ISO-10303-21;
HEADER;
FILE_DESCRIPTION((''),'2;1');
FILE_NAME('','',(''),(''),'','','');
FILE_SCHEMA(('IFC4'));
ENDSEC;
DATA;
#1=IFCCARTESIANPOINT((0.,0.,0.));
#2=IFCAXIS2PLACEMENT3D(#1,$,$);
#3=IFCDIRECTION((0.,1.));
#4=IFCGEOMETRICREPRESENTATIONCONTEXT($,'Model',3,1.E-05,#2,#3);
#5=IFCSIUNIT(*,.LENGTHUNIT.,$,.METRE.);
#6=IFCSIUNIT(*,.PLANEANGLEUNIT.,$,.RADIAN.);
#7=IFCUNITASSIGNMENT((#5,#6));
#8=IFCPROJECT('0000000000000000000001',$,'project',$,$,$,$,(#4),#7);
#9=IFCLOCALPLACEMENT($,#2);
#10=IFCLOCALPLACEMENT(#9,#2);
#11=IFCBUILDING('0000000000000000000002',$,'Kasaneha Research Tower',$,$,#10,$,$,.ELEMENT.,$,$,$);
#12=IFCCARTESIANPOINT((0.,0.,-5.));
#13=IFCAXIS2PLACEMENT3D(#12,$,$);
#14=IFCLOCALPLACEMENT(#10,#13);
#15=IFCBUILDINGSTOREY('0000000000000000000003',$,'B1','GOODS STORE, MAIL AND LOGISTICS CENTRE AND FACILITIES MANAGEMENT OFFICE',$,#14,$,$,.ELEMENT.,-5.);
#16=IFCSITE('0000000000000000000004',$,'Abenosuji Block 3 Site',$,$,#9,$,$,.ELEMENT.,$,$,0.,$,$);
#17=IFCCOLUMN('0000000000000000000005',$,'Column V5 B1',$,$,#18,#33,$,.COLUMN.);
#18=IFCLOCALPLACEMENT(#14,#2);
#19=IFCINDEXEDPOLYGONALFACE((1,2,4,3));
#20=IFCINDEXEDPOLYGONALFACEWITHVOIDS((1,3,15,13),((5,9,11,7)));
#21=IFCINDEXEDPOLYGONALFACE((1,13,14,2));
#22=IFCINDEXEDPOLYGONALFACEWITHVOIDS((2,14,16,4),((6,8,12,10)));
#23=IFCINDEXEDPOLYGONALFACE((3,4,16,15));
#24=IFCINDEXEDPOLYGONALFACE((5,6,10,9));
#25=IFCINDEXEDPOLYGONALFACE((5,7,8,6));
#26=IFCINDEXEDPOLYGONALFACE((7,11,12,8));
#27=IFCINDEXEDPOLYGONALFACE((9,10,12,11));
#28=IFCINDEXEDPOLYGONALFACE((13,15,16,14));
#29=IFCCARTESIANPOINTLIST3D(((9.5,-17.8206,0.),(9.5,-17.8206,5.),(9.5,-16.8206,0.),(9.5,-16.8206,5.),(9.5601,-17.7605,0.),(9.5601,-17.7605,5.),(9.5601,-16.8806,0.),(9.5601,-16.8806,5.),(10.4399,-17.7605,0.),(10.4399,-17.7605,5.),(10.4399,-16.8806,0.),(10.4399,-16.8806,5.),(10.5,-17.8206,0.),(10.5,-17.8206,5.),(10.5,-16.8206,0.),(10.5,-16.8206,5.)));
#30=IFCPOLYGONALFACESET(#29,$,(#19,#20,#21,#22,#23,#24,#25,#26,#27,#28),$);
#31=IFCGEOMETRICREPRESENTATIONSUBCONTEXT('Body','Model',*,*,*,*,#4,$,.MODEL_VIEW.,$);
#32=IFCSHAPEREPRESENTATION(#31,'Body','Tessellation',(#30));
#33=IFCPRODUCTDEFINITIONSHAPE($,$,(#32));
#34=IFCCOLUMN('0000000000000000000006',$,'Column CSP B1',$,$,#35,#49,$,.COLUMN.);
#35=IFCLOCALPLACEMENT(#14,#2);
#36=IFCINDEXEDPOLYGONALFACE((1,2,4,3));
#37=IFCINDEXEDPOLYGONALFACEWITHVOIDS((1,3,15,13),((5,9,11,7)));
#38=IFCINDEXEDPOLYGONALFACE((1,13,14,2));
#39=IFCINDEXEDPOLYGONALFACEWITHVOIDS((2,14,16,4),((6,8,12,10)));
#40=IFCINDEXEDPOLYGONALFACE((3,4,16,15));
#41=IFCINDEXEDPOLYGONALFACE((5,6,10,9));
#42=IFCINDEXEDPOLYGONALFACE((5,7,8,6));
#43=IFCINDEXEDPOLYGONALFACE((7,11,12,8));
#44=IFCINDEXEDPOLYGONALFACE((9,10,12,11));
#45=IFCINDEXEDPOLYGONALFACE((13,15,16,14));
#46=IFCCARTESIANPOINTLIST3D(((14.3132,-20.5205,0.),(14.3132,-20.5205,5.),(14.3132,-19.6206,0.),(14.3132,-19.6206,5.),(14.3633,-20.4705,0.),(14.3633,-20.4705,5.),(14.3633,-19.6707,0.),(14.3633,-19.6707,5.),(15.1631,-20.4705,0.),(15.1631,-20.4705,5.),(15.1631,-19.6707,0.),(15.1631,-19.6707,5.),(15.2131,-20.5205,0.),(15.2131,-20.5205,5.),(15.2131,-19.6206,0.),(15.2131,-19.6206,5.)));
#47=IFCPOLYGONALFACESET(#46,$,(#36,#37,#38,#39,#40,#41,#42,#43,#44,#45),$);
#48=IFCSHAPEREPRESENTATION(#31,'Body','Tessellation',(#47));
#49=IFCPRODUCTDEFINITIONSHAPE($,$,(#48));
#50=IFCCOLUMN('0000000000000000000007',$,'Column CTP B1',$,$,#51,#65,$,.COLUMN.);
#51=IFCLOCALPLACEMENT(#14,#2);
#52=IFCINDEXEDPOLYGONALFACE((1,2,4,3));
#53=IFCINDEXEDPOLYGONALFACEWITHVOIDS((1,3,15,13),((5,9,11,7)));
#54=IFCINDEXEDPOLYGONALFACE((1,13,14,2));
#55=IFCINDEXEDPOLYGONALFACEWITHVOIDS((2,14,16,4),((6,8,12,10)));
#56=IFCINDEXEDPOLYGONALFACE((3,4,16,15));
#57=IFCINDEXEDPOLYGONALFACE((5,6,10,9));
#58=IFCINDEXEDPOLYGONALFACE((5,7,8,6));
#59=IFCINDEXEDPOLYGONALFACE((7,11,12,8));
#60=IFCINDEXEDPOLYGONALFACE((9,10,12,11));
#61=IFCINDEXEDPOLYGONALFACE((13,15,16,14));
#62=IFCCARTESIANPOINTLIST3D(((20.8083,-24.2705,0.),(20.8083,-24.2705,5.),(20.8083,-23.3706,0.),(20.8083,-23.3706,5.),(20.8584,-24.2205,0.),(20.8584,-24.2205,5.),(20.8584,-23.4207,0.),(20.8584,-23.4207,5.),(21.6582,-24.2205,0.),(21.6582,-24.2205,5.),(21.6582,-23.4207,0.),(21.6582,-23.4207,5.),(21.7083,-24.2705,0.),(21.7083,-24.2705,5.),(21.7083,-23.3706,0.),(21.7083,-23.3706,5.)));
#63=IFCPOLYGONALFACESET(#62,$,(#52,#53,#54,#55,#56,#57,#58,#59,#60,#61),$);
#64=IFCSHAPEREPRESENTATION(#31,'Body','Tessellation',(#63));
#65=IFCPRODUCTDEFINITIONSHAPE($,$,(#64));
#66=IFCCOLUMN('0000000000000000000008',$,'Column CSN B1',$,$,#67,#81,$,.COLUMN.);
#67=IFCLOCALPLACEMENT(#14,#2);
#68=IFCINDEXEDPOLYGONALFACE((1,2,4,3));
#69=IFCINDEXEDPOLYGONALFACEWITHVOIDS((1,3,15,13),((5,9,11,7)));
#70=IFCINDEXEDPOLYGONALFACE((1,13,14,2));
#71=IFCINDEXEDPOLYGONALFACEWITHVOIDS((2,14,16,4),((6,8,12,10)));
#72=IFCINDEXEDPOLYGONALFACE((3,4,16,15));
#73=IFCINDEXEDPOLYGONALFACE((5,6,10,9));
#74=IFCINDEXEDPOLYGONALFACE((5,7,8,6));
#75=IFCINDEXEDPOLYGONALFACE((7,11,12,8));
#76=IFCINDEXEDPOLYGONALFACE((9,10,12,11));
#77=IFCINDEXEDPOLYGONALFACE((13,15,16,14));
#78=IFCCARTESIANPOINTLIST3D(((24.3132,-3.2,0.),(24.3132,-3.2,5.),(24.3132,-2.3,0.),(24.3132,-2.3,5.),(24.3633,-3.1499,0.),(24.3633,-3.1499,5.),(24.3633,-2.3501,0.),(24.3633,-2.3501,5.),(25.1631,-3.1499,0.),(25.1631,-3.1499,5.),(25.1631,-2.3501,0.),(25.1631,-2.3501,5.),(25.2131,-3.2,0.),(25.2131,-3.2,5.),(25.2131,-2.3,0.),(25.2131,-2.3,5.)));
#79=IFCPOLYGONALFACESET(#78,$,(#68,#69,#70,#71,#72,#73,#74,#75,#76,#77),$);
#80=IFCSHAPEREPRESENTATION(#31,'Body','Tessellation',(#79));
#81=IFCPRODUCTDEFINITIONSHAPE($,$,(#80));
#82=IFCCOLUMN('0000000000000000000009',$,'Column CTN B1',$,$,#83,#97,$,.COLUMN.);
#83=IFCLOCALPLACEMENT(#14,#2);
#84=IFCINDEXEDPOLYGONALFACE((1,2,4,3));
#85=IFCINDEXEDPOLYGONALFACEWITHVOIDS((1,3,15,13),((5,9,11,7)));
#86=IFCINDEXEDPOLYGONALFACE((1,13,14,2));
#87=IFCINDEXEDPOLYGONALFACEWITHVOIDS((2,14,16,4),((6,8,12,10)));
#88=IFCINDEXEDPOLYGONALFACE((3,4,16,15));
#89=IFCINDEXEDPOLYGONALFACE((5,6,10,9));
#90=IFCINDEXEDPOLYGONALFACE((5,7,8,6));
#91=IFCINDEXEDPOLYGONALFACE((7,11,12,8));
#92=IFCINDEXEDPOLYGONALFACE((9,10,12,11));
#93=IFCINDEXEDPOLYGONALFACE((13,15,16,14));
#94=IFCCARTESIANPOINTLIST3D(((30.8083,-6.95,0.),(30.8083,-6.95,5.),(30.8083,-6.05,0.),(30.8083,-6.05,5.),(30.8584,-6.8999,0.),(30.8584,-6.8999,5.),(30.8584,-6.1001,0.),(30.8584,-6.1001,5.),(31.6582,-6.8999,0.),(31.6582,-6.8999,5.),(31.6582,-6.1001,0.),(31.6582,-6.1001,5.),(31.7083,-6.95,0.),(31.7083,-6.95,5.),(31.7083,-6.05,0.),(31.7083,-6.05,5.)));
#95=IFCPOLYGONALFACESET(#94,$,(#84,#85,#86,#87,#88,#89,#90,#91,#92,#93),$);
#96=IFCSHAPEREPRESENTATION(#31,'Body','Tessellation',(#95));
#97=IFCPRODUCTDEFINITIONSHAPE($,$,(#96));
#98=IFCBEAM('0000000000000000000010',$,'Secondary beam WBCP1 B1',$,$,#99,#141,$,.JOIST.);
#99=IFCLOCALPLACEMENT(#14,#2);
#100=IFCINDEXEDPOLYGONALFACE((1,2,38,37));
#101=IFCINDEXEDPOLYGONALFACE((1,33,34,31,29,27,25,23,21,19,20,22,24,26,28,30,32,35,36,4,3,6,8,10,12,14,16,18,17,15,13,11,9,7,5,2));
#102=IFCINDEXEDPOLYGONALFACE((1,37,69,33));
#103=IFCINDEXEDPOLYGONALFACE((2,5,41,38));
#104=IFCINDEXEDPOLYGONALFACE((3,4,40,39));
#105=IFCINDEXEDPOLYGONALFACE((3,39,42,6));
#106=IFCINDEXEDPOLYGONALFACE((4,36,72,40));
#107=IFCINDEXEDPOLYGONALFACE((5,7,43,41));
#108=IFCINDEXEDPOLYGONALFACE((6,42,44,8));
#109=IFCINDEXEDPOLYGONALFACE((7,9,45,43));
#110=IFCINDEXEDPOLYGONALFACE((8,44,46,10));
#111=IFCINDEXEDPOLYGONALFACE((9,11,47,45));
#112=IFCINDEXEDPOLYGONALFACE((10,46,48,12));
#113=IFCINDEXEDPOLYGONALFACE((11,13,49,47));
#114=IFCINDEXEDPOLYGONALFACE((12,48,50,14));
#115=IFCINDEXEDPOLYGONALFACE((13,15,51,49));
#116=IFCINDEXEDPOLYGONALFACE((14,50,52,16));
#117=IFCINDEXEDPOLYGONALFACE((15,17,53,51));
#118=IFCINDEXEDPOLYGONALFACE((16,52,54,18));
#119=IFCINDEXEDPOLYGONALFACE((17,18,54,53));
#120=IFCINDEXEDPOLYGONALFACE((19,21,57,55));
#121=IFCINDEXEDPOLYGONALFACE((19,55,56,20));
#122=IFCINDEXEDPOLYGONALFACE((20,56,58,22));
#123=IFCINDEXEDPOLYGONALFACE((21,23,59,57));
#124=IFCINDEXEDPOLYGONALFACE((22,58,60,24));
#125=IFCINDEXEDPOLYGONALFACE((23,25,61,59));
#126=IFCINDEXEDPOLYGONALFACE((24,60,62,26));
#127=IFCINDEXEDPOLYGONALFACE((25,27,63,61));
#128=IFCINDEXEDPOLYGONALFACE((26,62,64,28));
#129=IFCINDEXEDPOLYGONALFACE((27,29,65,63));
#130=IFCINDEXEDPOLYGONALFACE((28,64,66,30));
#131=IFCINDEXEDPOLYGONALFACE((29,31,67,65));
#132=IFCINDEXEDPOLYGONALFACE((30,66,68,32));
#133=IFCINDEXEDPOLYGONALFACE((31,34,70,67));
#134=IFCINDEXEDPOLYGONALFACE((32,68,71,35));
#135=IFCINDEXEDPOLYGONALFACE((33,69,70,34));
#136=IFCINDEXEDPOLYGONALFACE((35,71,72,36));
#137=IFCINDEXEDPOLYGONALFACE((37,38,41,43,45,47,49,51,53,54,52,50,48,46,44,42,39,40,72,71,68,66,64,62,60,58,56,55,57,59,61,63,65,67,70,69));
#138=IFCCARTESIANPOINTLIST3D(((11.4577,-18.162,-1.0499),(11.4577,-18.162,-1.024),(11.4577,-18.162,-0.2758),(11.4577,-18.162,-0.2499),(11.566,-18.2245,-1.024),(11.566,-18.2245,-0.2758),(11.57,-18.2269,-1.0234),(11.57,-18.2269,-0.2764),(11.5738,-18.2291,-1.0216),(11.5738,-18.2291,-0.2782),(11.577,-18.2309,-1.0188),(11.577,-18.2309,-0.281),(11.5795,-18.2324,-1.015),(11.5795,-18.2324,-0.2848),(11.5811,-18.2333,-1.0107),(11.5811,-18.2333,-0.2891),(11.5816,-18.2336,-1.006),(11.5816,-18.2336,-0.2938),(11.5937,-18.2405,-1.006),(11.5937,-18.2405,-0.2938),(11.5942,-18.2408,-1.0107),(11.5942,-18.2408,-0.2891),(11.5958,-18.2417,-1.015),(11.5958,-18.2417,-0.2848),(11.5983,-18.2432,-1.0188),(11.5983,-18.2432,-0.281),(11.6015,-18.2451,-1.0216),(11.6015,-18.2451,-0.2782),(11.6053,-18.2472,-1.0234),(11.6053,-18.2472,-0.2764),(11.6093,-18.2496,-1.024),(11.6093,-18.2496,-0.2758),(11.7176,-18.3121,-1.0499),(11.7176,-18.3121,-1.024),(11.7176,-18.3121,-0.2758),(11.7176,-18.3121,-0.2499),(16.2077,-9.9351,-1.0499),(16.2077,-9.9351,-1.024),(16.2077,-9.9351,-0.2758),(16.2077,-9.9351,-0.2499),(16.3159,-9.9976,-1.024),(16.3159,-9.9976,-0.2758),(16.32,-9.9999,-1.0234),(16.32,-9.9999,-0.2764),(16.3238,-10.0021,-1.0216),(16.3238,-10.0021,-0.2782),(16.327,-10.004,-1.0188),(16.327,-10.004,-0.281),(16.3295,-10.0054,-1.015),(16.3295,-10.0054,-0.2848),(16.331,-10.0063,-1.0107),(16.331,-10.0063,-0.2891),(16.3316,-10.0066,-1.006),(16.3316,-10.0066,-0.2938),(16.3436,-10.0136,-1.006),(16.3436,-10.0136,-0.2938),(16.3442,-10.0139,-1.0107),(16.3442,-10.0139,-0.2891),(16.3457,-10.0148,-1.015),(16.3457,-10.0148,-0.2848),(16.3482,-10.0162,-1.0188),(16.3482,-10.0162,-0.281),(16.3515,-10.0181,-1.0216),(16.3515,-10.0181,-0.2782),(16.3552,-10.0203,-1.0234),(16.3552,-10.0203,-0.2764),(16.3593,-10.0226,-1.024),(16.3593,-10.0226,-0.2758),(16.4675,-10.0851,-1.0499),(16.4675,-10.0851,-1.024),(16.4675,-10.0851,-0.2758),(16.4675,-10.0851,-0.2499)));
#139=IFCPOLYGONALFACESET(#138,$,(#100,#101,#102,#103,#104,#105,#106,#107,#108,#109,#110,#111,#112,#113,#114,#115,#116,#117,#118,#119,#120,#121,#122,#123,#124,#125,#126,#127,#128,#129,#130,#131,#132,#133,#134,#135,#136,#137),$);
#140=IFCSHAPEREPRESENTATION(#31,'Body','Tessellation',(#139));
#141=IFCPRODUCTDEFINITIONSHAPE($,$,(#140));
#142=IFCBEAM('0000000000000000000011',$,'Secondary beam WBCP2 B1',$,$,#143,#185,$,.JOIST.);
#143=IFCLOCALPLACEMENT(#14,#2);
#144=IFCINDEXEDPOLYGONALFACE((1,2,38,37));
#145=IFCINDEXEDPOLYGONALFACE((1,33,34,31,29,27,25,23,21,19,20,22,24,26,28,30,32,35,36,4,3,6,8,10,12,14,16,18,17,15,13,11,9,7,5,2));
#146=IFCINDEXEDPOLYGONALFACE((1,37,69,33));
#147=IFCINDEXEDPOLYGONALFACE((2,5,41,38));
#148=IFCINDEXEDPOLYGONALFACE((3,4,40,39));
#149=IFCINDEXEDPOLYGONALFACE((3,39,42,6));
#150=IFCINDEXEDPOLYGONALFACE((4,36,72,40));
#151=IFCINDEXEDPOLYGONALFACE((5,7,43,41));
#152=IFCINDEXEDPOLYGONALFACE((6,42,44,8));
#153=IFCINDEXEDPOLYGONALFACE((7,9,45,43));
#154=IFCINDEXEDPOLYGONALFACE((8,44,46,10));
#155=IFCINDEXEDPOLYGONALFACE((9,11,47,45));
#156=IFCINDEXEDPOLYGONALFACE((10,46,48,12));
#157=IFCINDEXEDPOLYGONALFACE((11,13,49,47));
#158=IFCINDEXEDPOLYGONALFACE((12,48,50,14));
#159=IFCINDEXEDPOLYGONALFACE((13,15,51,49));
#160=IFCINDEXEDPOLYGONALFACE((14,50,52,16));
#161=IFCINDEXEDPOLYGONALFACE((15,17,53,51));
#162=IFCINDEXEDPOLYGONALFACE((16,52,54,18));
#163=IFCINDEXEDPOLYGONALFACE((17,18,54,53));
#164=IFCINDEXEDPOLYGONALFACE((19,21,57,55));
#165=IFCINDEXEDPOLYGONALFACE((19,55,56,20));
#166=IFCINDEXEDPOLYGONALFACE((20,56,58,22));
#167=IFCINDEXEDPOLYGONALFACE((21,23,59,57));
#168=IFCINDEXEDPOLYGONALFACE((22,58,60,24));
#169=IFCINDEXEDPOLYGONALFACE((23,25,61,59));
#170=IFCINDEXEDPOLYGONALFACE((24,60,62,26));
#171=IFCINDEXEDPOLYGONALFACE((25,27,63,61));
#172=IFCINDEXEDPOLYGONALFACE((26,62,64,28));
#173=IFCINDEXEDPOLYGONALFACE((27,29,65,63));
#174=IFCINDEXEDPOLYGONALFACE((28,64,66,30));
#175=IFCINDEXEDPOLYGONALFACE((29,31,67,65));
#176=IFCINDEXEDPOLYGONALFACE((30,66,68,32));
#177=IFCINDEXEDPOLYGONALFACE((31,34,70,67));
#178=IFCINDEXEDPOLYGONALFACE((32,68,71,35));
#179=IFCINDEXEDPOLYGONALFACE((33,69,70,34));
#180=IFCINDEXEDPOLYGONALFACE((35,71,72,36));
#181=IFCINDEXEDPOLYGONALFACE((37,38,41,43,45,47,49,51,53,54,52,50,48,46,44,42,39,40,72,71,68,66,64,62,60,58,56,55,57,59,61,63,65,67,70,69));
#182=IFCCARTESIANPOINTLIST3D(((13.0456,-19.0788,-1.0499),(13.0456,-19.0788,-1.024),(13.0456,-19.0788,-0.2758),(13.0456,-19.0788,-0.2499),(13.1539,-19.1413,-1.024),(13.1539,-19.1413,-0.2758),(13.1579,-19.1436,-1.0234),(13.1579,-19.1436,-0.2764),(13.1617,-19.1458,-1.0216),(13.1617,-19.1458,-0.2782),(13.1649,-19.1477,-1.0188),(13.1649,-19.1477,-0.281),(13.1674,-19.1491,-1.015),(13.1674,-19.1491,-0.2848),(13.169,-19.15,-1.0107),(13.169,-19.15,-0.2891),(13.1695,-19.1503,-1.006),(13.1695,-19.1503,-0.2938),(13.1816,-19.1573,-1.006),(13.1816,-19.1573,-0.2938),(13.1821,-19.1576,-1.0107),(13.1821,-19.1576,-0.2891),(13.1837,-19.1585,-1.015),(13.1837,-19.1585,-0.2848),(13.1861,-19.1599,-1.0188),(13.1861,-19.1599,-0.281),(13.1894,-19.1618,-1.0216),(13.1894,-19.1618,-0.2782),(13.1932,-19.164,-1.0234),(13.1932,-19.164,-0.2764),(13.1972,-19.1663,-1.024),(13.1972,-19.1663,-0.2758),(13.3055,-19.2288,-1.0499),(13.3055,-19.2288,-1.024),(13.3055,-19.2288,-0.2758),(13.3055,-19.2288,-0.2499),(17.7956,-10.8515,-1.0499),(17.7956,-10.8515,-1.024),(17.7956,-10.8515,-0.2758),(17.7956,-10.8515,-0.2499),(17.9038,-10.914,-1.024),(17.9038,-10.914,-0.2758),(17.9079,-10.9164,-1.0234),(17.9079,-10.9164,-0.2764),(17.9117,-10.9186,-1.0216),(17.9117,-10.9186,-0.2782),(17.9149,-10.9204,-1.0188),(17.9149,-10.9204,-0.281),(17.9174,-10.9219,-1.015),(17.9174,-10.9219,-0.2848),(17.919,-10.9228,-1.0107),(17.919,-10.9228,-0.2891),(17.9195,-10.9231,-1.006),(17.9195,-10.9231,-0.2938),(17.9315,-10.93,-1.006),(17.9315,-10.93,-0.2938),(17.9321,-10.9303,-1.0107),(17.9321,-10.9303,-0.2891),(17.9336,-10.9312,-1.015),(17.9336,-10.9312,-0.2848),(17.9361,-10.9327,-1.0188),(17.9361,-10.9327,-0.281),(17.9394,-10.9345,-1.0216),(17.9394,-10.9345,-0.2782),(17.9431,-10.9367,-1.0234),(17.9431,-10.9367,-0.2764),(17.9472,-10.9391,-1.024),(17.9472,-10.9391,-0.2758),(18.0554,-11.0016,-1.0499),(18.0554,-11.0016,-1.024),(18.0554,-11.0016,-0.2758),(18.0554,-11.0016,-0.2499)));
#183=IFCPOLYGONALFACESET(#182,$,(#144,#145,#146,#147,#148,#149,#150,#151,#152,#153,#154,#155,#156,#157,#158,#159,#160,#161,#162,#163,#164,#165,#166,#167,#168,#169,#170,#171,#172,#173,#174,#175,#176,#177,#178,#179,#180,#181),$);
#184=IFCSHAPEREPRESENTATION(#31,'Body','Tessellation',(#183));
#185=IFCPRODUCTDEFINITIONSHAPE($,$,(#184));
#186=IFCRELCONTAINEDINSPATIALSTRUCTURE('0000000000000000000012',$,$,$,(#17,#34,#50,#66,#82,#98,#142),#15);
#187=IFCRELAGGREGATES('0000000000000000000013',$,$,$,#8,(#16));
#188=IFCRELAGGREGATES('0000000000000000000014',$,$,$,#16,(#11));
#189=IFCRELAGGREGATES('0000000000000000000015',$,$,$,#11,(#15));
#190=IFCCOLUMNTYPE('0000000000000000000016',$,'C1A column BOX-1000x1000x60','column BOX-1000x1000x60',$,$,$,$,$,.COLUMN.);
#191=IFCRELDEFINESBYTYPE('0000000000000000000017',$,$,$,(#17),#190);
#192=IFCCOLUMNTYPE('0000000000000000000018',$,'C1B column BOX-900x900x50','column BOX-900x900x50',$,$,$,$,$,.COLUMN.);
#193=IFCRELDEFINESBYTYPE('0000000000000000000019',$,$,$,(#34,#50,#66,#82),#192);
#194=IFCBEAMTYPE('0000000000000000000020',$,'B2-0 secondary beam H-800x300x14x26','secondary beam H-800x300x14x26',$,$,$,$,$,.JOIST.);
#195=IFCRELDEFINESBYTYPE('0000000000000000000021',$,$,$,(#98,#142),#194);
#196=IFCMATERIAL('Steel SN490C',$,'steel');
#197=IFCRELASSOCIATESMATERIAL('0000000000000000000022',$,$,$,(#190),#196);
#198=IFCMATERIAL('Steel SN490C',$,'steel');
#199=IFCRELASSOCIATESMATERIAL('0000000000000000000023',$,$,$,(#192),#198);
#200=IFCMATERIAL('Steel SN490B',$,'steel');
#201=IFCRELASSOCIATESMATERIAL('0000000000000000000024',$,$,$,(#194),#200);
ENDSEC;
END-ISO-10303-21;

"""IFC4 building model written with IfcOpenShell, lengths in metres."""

from ifc_helpers import new_model, si_unit, direction, frame, origin, origin_2d, place, context, subcontext, project, spatial, hollow_rectangle, i_section, extrude, material, material_profile, profile_set, type_object, element, save


model = new_model("IFC4")

# Units and contexts
model_context = context("Model", 3, precision=1e-05, world=origin(), true_north=direction((0.0, 1.0)))
body_context = subcontext(model_context, "Body", "Model", "MODEL_VIEW")
ifc_project = project(units=[si_unit("LENGTHUNIT", "METRE"), si_unit("PLANEANGLEUNIT", "RADIAN")], contexts=[model_context])

# Site, building, storey
site_placement = place(None, origin())
site = spatial("IfcSite", under=ifc_project, at=site_placement, Name="Abenosuji Block 3 Site", CompositionType="ELEMENT", RefElevation=0.0)
building_placement = place(site_placement, origin())
building = spatial("IfcBuilding", under=site, at=building_placement, Name="Kasaneha Research Tower", CompositionType="ELEMENT")
storey_placement = place(building_placement, frame((0.0, 0.0, -5.0)))
storey = spatial("IfcBuildingStorey", under=building, at=storey_placement, Name="B1", Description="GOODS STORE, MAIL AND LOGISTICS CENTRE AND FACILITIES MANAGEMENT OFFICE", CompositionType="ELEMENT", Elevation=-5.0)

# Columns
ifc_material_1 = material(Name="Steel SN490C", Category="steel")
ifc_material_profile_1 = material_profile(ifc_material_1, hollow_rectangle(XDim=1.0, YDim=1.0, WallThickness=0.0601, at=origin_2d()), Name="BOX-1000x1000x60")
ifc_profile_set_1 = profile_set([ifc_material_profile_1], Name="Steel SN490C")
column_type_1 = type_object("IfcColumnType", Name="C1A column BOX-1000x1000x60", Description="column BOX-1000x1000x60", PredefinedType="COLUMN", material=ifc_profile_set_1)
column_placement = place(storey_placement, frame((10.0, -17.3206, 0.0), z_axis=(0.0, 0.0, 1.0), x_axis=(1.0, 0.0, 0.0)))
element("IfcColumn", 1, at=column_placement, inside=storey, type_object=column_type_1, Name="Column V5 B1", PredefinedType="COLUMN", context=body_context, shape_type="SweptSolid", body=[
    extrude(hollow_rectangle(XDim=1.0, YDim=1.0, WallThickness=0.0601, at=origin_2d()), origin(), (0.0, 0.0, 1.0), 5.0),
])
ifc_material_2 = material(Name="Steel SN490C", Category="steel")
ifc_material_profile_2 = material_profile(ifc_material_2, hollow_rectangle(XDim=0.8999, YDim=0.8999, WallThickness=0.05, at=origin_2d()), Name="BOX-900x900x50")
ifc_profile_set_2 = profile_set([ifc_material_profile_2], Name="Steel SN490C")
column_type_2 = type_object("IfcColumnType", Name="C1B column BOX-900x900x50", Description="column BOX-900x900x50", PredefinedType="COLUMN", material=ifc_profile_set_2)
for number, where, z_axis, x_axis, name in (
    (2, (14.7632, -20.0706, 0.0), (0.0, 0.0, 1.0), (1.0, 0.0, 0.0), "Column CSP B1"),
    (3, (21.2583, -23.8206, 0.0), (0.0, 0.0, 1.0), (1.0, 0.0, 0.0), "Column CTP B1"),
    (4, (24.7632, -2.75, 0.0), (0.0, 0.0, 1.0), (1.0, 0.0, 0.0), "Column CSN B1"),
    (5, (31.2583, -6.5, 0.0), (0.0, 0.0, 1.0), (1.0, 0.0, 0.0), "Column CTN B1"),
):
    element("IfcColumn", number, at=place(storey_placement, frame(where, z_axis=z_axis, x_axis=x_axis)), inside=storey, type_object=column_type_2, Name=name, PredefinedType="COLUMN", context=body_context, shape_type="SweptSolid", body=[
        extrude(hollow_rectangle(XDim=0.8999, YDim=0.8999, WallThickness=0.05, at=origin_2d()), origin(), (0.0, 0.0, 1.0), 5.0),
    ])

# Beams
ifc_material_3 = material(Name="Steel SN490B", Category="steel")
ifc_material_profile_3 = material_profile(ifc_material_3, i_section(OverallWidth=0.3, OverallDepth=0.8, WebThickness=0.0139, FlangeThickness=0.0259, FilletRadius=0.0181, at=origin_2d()), Name="H-800x300x14x26")
ifc_profile_set_3 = profile_set([ifc_material_profile_3], Name="Steel SN490B")
beam_type_1 = type_object("IfcBeamType", Name="B2-0 secondary beam H-800x300x14x26", Description="secondary beam H-800x300x14x26", PredefinedType="JOIST", material=ifc_profile_set_3)
beam_1_placement = place(storey_placement, frame((11.5876, -18.2371, -0.6499), z_axis=(0.500009, 0.86602, 0.0), x_axis=(-0.86602, 0.500009, 0.0)))
element("IfcBeam", 6, at=beam_1_placement, inside=storey, type_object=beam_type_1, Name="Secondary beam WBCP1 B1", PredefinedType="JOIST", context=body_context, shape_type="SweptSolid", body=[
    extrude(i_section(OverallWidth=0.3, OverallDepth=0.8, WebThickness=0.0139, FlangeThickness=0.0259, FilletRadius=0.0181, at=origin_2d()), origin(), (0.0, 0.0, 1.0), 9.4998),
])
for number, where, z_axis, x_axis, name in (
    (7, (13.1755, -19.1538, -0.6499), (0.499998, 0.866027, 0.0), (-0.866027, 0.499998, 0.0), "Secondary beam WBCP2 B1"),
):
    element("IfcBeam", number, at=place(storey_placement, frame(where, z_axis=z_axis, x_axis=x_axis)), inside=storey, type_object=beam_type_1, Name=name, PredefinedType="JOIST", context=body_context, shape_type="SweptSolid", body=[
        extrude(i_section(OverallWidth=0.3, OverallDepth=0.8, WebThickness=0.0139, FlangeThickness=0.0259, FilletRadius=0.0181, at=origin_2d()), origin(), (0.0, 0.0, 1.0), 9.5),
    ])

save(model, "model.ifc")
